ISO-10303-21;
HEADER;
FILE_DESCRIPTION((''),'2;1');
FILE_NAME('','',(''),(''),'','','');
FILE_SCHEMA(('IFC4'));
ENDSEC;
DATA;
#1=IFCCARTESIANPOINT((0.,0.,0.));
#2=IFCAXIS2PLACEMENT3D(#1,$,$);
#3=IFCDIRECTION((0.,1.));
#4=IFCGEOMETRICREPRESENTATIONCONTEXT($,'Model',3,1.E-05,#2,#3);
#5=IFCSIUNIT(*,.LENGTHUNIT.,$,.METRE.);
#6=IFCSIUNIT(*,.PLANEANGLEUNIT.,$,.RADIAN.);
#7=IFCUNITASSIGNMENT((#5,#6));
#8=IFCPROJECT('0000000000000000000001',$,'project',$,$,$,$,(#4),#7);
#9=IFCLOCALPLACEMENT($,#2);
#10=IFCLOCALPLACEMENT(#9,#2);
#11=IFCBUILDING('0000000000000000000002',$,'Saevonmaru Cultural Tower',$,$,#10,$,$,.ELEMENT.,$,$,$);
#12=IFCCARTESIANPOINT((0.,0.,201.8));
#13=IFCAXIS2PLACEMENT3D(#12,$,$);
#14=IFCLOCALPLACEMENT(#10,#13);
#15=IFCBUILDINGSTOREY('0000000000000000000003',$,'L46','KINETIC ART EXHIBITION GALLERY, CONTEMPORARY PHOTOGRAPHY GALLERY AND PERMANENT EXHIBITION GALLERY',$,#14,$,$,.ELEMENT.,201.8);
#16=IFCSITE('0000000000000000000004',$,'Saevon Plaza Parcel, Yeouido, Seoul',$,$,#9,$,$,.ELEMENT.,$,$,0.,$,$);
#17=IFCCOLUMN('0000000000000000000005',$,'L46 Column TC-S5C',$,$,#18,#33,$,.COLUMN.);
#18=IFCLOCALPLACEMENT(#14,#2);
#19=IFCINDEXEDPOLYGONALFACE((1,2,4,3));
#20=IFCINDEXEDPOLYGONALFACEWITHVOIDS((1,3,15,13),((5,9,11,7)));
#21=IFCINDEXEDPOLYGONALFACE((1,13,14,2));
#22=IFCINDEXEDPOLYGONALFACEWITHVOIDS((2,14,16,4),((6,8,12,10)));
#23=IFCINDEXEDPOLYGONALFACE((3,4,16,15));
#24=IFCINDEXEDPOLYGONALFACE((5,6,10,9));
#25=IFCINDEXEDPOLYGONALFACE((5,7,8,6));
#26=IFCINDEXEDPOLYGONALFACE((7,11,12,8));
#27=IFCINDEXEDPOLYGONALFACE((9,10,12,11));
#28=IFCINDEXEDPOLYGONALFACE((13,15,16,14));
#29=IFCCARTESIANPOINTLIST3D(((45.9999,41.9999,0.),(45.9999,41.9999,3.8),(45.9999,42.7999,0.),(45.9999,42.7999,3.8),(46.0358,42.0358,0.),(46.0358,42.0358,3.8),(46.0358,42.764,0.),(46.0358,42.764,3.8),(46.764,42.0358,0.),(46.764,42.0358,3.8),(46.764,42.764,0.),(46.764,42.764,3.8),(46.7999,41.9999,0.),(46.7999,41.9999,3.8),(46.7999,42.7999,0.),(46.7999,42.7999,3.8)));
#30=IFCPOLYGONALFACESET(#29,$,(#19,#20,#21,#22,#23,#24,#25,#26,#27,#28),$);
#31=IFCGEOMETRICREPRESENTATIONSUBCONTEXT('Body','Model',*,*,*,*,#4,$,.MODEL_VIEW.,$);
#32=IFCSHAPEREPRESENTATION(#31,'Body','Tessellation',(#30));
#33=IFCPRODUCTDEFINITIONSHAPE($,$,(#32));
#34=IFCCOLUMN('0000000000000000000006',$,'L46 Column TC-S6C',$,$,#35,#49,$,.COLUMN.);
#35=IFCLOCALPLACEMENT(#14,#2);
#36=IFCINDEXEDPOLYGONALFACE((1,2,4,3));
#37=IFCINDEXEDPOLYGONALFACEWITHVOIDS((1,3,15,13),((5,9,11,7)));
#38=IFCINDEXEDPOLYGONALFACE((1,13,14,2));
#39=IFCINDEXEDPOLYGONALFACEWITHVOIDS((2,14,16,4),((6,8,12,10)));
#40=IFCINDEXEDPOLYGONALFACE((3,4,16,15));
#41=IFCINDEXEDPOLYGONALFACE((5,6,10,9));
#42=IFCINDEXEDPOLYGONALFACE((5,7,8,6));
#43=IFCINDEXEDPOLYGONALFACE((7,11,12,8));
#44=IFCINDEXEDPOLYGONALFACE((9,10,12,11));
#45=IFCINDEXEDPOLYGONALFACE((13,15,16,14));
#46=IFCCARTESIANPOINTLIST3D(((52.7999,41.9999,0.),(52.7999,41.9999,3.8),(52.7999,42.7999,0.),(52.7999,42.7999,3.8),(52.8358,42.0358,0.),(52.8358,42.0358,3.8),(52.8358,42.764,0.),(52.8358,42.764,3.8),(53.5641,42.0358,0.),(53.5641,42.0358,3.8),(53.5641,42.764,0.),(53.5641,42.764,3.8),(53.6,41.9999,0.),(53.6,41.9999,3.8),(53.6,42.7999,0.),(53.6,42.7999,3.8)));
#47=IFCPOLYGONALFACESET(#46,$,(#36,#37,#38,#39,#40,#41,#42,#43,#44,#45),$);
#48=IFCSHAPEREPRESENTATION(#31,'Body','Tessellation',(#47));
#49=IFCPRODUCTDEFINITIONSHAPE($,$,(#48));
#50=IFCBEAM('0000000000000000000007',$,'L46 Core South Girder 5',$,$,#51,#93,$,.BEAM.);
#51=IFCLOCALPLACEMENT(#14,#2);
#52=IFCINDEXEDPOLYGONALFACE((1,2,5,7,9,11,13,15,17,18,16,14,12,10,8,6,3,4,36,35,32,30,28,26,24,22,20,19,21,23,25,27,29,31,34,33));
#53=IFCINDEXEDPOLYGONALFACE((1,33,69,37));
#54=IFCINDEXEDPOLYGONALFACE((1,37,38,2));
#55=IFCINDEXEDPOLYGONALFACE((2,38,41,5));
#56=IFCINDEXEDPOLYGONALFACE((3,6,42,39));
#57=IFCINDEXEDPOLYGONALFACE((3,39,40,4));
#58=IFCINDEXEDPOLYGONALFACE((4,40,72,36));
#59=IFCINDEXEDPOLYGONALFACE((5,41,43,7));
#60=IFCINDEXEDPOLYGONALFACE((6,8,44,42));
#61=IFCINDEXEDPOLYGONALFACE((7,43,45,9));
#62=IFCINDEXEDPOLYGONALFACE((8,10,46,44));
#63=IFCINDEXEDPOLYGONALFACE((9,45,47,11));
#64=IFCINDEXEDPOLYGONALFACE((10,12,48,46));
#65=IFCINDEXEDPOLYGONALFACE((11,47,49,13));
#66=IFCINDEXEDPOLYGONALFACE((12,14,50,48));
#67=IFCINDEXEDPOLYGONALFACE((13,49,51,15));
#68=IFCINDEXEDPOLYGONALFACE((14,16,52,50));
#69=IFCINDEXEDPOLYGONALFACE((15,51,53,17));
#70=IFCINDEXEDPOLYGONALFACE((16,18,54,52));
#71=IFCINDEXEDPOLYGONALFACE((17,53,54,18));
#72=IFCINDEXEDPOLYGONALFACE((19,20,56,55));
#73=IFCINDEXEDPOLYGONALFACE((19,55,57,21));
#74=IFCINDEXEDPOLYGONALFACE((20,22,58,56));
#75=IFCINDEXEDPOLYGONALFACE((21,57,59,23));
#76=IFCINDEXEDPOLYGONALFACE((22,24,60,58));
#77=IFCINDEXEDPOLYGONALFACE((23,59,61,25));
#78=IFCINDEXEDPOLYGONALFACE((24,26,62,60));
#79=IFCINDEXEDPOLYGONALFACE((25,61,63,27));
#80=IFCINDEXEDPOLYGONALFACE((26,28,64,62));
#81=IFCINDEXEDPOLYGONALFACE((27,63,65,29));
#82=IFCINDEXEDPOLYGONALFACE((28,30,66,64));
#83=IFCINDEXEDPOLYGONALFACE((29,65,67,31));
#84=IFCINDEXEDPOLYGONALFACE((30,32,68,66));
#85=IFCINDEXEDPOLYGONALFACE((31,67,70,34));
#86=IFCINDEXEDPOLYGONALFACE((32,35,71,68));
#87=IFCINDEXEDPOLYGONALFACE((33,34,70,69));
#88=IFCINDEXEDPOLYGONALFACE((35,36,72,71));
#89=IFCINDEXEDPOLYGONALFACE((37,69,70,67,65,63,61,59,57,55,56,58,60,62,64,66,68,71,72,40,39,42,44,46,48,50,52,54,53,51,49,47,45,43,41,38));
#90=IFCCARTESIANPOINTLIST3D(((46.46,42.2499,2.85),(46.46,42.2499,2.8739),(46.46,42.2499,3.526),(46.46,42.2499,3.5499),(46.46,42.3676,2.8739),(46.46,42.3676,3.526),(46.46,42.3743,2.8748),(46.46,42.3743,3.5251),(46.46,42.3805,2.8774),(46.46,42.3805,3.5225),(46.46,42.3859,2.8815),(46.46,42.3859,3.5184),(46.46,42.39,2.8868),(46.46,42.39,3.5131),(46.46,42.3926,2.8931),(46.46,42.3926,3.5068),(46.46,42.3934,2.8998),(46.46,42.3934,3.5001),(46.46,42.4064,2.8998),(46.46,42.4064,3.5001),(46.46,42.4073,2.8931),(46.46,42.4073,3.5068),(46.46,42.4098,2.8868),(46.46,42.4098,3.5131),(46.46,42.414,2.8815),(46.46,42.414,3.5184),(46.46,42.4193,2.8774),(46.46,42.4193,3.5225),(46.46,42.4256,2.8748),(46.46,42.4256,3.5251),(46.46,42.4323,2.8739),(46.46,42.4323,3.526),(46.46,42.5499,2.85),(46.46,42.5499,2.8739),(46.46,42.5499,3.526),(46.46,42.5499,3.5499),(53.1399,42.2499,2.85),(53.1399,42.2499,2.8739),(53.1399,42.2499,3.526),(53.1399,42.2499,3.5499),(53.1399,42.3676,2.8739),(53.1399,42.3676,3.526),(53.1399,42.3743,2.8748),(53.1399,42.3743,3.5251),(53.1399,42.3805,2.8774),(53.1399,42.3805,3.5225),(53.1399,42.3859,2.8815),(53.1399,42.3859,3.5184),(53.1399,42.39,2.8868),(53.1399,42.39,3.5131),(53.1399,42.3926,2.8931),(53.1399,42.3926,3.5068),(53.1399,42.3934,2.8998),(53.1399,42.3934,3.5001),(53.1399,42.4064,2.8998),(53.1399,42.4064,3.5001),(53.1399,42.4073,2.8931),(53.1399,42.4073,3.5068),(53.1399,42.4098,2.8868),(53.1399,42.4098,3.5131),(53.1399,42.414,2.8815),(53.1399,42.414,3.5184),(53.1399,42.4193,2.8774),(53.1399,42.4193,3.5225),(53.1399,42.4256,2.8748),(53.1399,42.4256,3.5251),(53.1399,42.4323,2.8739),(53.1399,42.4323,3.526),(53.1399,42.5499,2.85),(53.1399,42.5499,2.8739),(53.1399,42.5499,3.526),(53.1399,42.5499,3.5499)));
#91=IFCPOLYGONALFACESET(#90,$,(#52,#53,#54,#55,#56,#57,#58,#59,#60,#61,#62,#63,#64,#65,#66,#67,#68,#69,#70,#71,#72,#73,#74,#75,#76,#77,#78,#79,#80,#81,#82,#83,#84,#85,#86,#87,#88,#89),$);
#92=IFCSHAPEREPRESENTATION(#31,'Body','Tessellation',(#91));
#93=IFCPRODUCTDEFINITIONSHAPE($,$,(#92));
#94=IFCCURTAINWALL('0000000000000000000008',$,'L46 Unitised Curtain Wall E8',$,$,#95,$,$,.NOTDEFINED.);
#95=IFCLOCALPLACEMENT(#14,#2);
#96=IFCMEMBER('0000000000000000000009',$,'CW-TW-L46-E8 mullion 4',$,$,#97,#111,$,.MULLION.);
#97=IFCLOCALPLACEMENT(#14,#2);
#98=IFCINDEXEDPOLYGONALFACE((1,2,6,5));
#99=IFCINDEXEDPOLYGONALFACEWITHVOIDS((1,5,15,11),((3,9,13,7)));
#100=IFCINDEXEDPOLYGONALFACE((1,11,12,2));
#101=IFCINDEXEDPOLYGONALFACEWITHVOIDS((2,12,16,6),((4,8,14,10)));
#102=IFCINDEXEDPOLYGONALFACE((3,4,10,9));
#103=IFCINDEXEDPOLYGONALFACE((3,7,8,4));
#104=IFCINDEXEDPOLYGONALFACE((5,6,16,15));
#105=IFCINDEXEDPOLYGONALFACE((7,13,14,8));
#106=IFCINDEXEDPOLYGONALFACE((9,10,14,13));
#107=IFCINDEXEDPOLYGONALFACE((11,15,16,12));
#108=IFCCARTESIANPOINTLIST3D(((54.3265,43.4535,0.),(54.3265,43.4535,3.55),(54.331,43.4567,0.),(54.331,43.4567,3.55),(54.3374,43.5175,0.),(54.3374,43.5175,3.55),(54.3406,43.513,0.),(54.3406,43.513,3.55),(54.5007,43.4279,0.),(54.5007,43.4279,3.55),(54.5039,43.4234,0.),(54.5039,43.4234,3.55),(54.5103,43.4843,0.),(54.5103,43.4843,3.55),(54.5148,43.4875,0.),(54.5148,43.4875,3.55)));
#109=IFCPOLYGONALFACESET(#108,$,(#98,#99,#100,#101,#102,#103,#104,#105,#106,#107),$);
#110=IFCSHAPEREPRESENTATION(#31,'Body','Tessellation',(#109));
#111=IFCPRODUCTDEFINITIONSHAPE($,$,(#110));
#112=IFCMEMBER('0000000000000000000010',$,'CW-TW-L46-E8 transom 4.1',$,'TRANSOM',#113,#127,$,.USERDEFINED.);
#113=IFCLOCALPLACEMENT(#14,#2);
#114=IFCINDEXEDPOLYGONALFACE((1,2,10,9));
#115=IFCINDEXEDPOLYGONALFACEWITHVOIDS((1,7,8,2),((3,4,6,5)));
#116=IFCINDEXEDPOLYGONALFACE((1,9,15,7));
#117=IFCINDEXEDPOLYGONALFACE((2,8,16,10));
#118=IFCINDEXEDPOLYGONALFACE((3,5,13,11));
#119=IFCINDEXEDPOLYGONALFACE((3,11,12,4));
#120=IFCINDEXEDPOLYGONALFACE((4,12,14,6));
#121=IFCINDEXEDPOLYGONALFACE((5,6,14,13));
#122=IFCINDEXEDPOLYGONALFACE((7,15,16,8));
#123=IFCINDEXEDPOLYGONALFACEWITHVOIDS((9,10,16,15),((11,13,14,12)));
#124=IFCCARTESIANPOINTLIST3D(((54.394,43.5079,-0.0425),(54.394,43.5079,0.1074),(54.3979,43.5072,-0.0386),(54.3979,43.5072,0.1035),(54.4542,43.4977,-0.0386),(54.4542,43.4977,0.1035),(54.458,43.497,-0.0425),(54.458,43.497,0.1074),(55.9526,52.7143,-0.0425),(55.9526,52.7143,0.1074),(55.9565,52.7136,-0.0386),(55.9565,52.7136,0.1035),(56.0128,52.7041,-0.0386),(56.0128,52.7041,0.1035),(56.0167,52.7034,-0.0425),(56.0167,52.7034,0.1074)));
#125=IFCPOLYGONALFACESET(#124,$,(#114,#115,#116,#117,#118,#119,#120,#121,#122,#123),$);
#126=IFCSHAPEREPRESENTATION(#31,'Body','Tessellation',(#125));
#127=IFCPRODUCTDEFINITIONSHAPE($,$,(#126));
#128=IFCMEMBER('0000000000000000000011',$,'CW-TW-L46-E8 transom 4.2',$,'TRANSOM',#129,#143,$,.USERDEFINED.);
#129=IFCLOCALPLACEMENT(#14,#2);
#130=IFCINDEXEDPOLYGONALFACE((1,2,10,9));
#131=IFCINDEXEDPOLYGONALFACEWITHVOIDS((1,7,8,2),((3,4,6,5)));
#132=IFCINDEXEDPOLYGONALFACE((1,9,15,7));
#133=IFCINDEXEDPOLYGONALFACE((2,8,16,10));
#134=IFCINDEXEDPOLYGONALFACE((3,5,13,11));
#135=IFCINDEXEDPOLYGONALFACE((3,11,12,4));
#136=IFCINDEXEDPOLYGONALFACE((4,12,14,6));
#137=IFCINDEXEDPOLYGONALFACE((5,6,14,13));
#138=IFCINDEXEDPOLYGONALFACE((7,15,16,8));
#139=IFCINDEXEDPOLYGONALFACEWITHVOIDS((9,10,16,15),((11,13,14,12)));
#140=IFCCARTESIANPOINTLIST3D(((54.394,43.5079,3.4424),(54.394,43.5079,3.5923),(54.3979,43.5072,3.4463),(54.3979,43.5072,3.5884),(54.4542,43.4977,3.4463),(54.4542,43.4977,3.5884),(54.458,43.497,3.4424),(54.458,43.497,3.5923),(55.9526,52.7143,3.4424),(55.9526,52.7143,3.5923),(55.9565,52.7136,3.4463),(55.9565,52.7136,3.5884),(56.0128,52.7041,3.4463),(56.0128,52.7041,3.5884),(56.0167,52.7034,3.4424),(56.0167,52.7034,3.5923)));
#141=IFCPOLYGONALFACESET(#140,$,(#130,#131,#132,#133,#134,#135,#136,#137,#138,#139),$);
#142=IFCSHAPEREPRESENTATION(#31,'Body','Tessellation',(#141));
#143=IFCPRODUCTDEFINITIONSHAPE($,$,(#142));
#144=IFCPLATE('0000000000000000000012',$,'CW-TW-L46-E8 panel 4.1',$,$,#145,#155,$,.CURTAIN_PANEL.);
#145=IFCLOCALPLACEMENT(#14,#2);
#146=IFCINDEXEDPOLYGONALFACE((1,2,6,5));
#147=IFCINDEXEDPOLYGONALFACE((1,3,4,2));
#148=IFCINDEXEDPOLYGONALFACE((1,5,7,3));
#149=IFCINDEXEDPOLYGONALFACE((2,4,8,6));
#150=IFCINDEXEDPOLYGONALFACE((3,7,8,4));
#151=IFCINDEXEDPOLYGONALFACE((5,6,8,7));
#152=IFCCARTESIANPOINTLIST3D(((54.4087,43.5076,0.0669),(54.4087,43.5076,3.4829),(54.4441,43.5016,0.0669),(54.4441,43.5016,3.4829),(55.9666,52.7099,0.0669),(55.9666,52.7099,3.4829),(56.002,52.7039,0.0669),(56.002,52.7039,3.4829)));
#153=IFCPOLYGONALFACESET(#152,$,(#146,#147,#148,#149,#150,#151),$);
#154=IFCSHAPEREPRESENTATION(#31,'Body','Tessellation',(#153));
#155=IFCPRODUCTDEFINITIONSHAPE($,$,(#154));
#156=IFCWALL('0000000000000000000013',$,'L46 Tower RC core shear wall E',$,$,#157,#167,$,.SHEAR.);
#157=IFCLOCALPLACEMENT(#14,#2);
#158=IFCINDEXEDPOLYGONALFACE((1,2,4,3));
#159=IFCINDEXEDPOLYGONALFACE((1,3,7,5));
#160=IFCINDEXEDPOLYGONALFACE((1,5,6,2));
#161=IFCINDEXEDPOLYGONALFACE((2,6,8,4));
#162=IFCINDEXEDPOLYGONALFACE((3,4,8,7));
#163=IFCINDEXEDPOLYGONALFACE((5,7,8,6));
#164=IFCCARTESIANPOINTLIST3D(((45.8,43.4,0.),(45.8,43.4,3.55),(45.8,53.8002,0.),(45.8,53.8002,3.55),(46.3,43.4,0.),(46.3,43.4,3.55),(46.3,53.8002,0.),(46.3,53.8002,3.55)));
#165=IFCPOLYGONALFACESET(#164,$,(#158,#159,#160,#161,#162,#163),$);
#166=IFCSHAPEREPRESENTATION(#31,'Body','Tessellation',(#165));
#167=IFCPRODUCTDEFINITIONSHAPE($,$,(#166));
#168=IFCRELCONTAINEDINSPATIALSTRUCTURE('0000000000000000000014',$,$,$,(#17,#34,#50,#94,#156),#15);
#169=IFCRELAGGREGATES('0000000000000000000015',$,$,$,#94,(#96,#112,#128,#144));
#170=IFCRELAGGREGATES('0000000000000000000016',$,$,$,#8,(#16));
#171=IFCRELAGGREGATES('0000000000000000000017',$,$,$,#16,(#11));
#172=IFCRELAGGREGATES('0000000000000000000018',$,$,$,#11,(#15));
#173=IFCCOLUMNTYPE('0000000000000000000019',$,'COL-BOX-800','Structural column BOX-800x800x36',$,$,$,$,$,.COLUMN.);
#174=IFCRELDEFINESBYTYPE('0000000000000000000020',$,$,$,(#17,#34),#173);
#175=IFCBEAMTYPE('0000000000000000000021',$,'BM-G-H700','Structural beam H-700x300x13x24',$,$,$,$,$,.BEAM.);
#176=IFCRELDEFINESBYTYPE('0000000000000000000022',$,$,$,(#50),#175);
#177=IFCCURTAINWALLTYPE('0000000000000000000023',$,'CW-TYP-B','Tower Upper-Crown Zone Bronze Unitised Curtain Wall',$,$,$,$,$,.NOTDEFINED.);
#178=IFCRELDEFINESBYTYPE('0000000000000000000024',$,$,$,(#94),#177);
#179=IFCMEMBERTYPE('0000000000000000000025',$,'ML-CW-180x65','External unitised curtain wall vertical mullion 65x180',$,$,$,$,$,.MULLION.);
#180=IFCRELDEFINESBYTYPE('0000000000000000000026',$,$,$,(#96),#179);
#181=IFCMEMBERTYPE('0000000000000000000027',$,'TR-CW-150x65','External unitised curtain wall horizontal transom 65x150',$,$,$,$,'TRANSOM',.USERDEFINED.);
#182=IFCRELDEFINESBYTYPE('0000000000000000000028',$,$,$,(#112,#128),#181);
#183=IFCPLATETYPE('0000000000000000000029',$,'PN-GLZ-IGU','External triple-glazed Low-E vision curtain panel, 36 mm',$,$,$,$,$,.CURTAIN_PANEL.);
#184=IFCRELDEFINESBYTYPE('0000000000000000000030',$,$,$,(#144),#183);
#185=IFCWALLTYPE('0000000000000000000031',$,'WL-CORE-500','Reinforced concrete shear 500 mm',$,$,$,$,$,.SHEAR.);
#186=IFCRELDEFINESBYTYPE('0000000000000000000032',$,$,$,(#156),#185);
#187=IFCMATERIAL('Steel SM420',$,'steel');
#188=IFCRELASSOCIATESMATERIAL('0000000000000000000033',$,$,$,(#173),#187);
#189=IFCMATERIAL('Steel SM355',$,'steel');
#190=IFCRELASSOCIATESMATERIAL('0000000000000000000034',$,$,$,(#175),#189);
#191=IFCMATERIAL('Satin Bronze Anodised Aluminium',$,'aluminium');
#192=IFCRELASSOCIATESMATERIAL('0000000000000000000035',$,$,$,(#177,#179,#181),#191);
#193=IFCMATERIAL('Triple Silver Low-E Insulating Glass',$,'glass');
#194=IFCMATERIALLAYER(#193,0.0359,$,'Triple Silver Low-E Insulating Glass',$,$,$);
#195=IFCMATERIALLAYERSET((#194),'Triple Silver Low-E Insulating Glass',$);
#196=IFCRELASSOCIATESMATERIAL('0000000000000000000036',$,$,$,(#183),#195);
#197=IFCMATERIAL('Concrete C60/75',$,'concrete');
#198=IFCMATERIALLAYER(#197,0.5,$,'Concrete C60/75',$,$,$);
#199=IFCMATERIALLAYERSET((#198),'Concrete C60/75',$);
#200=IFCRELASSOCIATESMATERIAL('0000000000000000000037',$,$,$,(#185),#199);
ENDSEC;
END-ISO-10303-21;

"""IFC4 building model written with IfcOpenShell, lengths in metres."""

from ifc_helpers import new_model, si_unit, direction, frame, frame_2d, origin, origin_2d, place, context, subcontext, project, spatial, rectangle, hollow_rectangle, i_section, extrude, material, layer, layer_set, material_profile, profile_set, type_object, element, aggregate, save


model = new_model("IFC4")

# Units and contexts
model_context = context("Model", 3, precision=1e-05, world=origin(), true_north=direction((0.0, 1.0)))
body_context = subcontext(model_context, "Body", "Model", "MODEL_VIEW")
ifc_project = project(units=[si_unit("LENGTHUNIT", "METRE"), si_unit("PLANEANGLEUNIT", "RADIAN")], contexts=[model_context])

# Site, building, storey
site_placement = place(None, origin())
site = spatial("IfcSite", under=ifc_project, at=site_placement, Name="Saevon Plaza Parcel, Yeouido, Seoul", CompositionType="ELEMENT", RefElevation=0.0)
building_placement = place(site_placement, origin())
building = spatial("IfcBuilding", under=site, at=building_placement, Name="Saevonmaru Cultural Tower", CompositionType="ELEMENT")
storey_placement = place(building_placement, frame((0.0, 0.0, 201.8)))
storey = spatial("IfcBuildingStorey", under=building, at=storey_placement, Name="L46", Description="KINETIC ART EXHIBITION GALLERY, CONTEMPORARY PHOTOGRAPHY GALLERY AND PERMANENT EXHIBITION GALLERY", CompositionType="ELEMENT", Elevation=201.8)

# Columns
ifc_material_1 = material(Name="Steel SM420", Category="steel")
ifc_material_profile_1 = material_profile(ifc_material_1, hollow_rectangle(XDim=0.8, YDim=0.8, WallThickness=0.0359, at=origin_2d()), Name="BOX-800x800x36")
ifc_profile_set_1 = profile_set([ifc_material_profile_1], Name="Steel SM420")
column_type = type_object("IfcColumnType", Name="COL-BOX-800", Description="Structural column BOX-800x800x36", PredefinedType="COLUMN", material=ifc_profile_set_1)
for number, where, z_axis, x_axis, name in (
    (1, (46.3999, 42.3999, 0.0), (0.0, 0.0, 1.0), (1.0, 0.0, 0.0), "L46 Column TC-S5C"),
    (2, (53.2, 42.3999, 0.0), (0.0, 0.0, 1.0), (1.0, 0.0, 0.0), "L46 Column TC-S6C"),
):
    element("IfcColumn", number, at=place(storey_placement, frame(where, z_axis=z_axis, x_axis=x_axis)), inside=storey, type_object=column_type, Name=name, PredefinedType="COLUMN", context=body_context, shape_type="SweptSolid", body=[
        extrude(hollow_rectangle(XDim=0.8, YDim=0.8, WallThickness=0.0359, at=origin_2d()), origin(), (0.0, 0.0, 1.0), 3.8),
    ])

# Beam
ifc_material_2 = material(Name="Steel SM355", Category="steel")
ifc_material_profile_2 = material_profile(ifc_material_2, i_section(OverallWidth=0.3, OverallDepth=0.7, WebThickness=0.0129, FlangeThickness=0.0239, FilletRadius=0.0259, at=origin_2d()), Name="H-700x300x13x24")
ifc_profile_set_2 = profile_set([ifc_material_profile_2], Name="Steel SM355")
beam_type = type_object("IfcBeamType", Name="BM-G-H700", Description="Structural beam H-700x300x13x24", PredefinedType="BEAM", material=ifc_profile_set_2)
beam_placement = place(storey_placement, frame((46.46, 42.3999, 3.2), z_axis=(1.0, 0.0, 0.0), x_axis=(0.0, 1.0, 0.0)))
element("IfcBeam", 3, at=beam_placement, inside=storey, type_object=beam_type, Name="L46 Core South Girder 5", PredefinedType="BEAM", context=body_context, shape_type="SweptSolid", body=[
    extrude(i_section(OverallWidth=0.3, OverallDepth=0.7, WebThickness=0.0129, FlangeThickness=0.0239, FilletRadius=0.0259, at=origin_2d()), origin(), (0.0, 0.0, 1.0), 6.6799),
])

# Curtain wall, members, plate
ifc_material_3 = material(Name="Satin Bronze Anodised Aluminium", Category="aluminium")
curtain_wall_type = type_object("IfcCurtainWallType", Name="CW-TYP-B", Description="Tower Upper-Crown Zone Bronze Unitised Curtain Wall", PredefinedType="NOTDEFINED", material=ifc_material_3)
curtain_wall_placement = place(storey_placement, origin())
curtain_wall = element("IfcCurtainWall", 4, at=curtain_wall_placement, inside=storey, type_object=curtain_wall_type, Name="L46 Unitised Curtain Wall E8", PredefinedType="NOTDEFINED")
ifc_material_profile_3 = material_profile(ifc_material_3, hollow_rectangle(XDim=0.0649, YDim=0.1799, WallThickness=0.0039, at=origin_2d()), Name="ALU-MULL-180x65x4")
ifc_profile_set_3 = profile_set([ifc_material_profile_3], Name="Satin Bronze Anodised Aluminium")
member_type_1 = type_object("IfcMemberType", Name="ML-CW-180x65", Description="External unitised curtain wall vertical mullion 65x180", PredefinedType="MULLION", material=ifc_profile_set_3)
member_1_placement = place(storey_placement, frame((54.4207, 43.4705, 0.0), z_axis=(0.0, 0.0, 1.0), x_axis=(0.166922, 0.98597, 0.0)))
member_1 = element("IfcMember", 5, at=member_1_placement, type_object=member_type_1, Name="CW-TW-L46-E8 mullion 4", PredefinedType="MULLION", context=body_context, shape_type="SweptSolid", body=[
    extrude(hollow_rectangle(XDim=0.0649, YDim=0.1799, WallThickness=0.0039, at=origin_2d()), origin(), (0.0, 0.0, 1.0), 3.55),
])
ifc_material_profile_4 = material_profile(ifc_material_3, hollow_rectangle(XDim=0.0649, YDim=0.1499, WallThickness=0.0039, at=origin_2d()), Name="ALU-TRAN-150x65x4")
ifc_profile_set_4 = profile_set([ifc_material_profile_4], Name="Satin Bronze Anodised Aluminium")
member_type_2 = type_object("IfcMemberType", Name="TR-CW-150x65", Description="External unitised curtain wall horizontal transom 65x150", ElementType="TRANSOM", PredefinedType="USERDEFINED", material=ifc_profile_set_4)
member_2_placement = place(storey_placement, frame((54.426, 43.5024, 0.0325), z_axis=(0.166921, 0.98597, 0.0), x_axis=(-0.98597, 0.166921, 0.0)))
member_2 = element("IfcMember", 6, at=member_2_placement, type_object=member_type_2, Name="CW-TW-L46-E8 transom 4.1", ObjectType="TRANSOM", PredefinedType="USERDEFINED", context=body_context, shape_type="SweptSolid", body=[
    extrude(hollow_rectangle(XDim=0.0649, YDim=0.1499, WallThickness=0.0039, at=origin_2d()), origin(), (0.0, 0.0, 1.0), 9.3374),
])
member_3_placement = place(storey_placement, frame((54.426, 43.5024, 3.5173), z_axis=(0.166921, 0.98597, 0.0), x_axis=(-0.98597, 0.166921, 0.0)))
member_3 = element("IfcMember", 7, at=member_3_placement, type_object=member_type_2, Name="CW-TW-L46-E8 transom 4.2", ObjectType="TRANSOM", PredefinedType="USERDEFINED", context=body_context, shape_type="SweptSolid", body=[
    extrude(hollow_rectangle(XDim=0.0649, YDim=0.1499, WallThickness=0.0039, at=origin_2d()), origin(), (0.0, 0.0, 1.0), 9.3374),
])
ifc_material_4 = material(Name="Triple Silver Low-E Insulating Glass", Category="glass")
ifc_layer_1 = layer(ifc_material_4, 0.0359, Name="Triple Silver Low-E Insulating Glass")
ifc_layer_set_1 = layer_set([ifc_layer_1], Name="Triple Silver Low-E Insulating Glass")
plate_type = type_object("IfcPlateType", Name="PN-GLZ-IGU", Description="External triple-glazed Low-E vision curtain panel, 36 mm", PredefinedType="CURTAIN_PANEL", material=ifc_layer_set_1)
plate_placement = place(storey_placement, frame((55.2053, 48.1057, 0.0669), z_axis=(0.0, 0.0, 1.0), x_axis=(0.166922, 0.98597, 0.0)))
plate = element("IfcPlate", 8, at=plate_placement, type_object=plate_type, Name="CW-TW-L46-E8 panel 4.1", PredefinedType="CURTAIN_PANEL", context=body_context, shape_type="SweptSolid", body=[
    extrude(rectangle(XDim=9.3333, YDim=0.0359, at=origin_2d()), origin(), (0.0, 0.0, 1.0), 3.416),
])
aggregate(curtain_wall, [member_1, member_2, member_3, plate])

# Wall
ifc_material_5 = material(Name="Concrete C60/75", Category="concrete")
ifc_layer_2 = layer(ifc_material_5, 0.5, Name="Concrete C60/75")
ifc_layer_set_2 = layer_set([ifc_layer_2], Name="Concrete C60/75")
wall_type_1 = type_object("IfcWallType", Name="WL-CORE-500", Description="Reinforced concrete shear 500 mm", PredefinedType="SHEAR", material=ifc_layer_set_2)
wall_1_placement = place(storey_placement, frame((46.05, 43.3999, 0.0), z_axis=(0.0, 0.0, 1.0), x_axis=(0.0, 1.0, 0.0)))
element("IfcWall", 9, at=wall_1_placement, inside=storey, type_object=wall_type_1, Name="L46 Tower RC core shear wall E", PredefinedType="SHEAR", context=body_context, shape_type="SweptSolid", body=[
    extrude(rectangle(XDim=10.4001, YDim=0.5, at=frame_2d((5.2002, 0.0))), origin(), (0.0, 0.0, 1.0), 3.55),
])

save(model, "model.ifc")
